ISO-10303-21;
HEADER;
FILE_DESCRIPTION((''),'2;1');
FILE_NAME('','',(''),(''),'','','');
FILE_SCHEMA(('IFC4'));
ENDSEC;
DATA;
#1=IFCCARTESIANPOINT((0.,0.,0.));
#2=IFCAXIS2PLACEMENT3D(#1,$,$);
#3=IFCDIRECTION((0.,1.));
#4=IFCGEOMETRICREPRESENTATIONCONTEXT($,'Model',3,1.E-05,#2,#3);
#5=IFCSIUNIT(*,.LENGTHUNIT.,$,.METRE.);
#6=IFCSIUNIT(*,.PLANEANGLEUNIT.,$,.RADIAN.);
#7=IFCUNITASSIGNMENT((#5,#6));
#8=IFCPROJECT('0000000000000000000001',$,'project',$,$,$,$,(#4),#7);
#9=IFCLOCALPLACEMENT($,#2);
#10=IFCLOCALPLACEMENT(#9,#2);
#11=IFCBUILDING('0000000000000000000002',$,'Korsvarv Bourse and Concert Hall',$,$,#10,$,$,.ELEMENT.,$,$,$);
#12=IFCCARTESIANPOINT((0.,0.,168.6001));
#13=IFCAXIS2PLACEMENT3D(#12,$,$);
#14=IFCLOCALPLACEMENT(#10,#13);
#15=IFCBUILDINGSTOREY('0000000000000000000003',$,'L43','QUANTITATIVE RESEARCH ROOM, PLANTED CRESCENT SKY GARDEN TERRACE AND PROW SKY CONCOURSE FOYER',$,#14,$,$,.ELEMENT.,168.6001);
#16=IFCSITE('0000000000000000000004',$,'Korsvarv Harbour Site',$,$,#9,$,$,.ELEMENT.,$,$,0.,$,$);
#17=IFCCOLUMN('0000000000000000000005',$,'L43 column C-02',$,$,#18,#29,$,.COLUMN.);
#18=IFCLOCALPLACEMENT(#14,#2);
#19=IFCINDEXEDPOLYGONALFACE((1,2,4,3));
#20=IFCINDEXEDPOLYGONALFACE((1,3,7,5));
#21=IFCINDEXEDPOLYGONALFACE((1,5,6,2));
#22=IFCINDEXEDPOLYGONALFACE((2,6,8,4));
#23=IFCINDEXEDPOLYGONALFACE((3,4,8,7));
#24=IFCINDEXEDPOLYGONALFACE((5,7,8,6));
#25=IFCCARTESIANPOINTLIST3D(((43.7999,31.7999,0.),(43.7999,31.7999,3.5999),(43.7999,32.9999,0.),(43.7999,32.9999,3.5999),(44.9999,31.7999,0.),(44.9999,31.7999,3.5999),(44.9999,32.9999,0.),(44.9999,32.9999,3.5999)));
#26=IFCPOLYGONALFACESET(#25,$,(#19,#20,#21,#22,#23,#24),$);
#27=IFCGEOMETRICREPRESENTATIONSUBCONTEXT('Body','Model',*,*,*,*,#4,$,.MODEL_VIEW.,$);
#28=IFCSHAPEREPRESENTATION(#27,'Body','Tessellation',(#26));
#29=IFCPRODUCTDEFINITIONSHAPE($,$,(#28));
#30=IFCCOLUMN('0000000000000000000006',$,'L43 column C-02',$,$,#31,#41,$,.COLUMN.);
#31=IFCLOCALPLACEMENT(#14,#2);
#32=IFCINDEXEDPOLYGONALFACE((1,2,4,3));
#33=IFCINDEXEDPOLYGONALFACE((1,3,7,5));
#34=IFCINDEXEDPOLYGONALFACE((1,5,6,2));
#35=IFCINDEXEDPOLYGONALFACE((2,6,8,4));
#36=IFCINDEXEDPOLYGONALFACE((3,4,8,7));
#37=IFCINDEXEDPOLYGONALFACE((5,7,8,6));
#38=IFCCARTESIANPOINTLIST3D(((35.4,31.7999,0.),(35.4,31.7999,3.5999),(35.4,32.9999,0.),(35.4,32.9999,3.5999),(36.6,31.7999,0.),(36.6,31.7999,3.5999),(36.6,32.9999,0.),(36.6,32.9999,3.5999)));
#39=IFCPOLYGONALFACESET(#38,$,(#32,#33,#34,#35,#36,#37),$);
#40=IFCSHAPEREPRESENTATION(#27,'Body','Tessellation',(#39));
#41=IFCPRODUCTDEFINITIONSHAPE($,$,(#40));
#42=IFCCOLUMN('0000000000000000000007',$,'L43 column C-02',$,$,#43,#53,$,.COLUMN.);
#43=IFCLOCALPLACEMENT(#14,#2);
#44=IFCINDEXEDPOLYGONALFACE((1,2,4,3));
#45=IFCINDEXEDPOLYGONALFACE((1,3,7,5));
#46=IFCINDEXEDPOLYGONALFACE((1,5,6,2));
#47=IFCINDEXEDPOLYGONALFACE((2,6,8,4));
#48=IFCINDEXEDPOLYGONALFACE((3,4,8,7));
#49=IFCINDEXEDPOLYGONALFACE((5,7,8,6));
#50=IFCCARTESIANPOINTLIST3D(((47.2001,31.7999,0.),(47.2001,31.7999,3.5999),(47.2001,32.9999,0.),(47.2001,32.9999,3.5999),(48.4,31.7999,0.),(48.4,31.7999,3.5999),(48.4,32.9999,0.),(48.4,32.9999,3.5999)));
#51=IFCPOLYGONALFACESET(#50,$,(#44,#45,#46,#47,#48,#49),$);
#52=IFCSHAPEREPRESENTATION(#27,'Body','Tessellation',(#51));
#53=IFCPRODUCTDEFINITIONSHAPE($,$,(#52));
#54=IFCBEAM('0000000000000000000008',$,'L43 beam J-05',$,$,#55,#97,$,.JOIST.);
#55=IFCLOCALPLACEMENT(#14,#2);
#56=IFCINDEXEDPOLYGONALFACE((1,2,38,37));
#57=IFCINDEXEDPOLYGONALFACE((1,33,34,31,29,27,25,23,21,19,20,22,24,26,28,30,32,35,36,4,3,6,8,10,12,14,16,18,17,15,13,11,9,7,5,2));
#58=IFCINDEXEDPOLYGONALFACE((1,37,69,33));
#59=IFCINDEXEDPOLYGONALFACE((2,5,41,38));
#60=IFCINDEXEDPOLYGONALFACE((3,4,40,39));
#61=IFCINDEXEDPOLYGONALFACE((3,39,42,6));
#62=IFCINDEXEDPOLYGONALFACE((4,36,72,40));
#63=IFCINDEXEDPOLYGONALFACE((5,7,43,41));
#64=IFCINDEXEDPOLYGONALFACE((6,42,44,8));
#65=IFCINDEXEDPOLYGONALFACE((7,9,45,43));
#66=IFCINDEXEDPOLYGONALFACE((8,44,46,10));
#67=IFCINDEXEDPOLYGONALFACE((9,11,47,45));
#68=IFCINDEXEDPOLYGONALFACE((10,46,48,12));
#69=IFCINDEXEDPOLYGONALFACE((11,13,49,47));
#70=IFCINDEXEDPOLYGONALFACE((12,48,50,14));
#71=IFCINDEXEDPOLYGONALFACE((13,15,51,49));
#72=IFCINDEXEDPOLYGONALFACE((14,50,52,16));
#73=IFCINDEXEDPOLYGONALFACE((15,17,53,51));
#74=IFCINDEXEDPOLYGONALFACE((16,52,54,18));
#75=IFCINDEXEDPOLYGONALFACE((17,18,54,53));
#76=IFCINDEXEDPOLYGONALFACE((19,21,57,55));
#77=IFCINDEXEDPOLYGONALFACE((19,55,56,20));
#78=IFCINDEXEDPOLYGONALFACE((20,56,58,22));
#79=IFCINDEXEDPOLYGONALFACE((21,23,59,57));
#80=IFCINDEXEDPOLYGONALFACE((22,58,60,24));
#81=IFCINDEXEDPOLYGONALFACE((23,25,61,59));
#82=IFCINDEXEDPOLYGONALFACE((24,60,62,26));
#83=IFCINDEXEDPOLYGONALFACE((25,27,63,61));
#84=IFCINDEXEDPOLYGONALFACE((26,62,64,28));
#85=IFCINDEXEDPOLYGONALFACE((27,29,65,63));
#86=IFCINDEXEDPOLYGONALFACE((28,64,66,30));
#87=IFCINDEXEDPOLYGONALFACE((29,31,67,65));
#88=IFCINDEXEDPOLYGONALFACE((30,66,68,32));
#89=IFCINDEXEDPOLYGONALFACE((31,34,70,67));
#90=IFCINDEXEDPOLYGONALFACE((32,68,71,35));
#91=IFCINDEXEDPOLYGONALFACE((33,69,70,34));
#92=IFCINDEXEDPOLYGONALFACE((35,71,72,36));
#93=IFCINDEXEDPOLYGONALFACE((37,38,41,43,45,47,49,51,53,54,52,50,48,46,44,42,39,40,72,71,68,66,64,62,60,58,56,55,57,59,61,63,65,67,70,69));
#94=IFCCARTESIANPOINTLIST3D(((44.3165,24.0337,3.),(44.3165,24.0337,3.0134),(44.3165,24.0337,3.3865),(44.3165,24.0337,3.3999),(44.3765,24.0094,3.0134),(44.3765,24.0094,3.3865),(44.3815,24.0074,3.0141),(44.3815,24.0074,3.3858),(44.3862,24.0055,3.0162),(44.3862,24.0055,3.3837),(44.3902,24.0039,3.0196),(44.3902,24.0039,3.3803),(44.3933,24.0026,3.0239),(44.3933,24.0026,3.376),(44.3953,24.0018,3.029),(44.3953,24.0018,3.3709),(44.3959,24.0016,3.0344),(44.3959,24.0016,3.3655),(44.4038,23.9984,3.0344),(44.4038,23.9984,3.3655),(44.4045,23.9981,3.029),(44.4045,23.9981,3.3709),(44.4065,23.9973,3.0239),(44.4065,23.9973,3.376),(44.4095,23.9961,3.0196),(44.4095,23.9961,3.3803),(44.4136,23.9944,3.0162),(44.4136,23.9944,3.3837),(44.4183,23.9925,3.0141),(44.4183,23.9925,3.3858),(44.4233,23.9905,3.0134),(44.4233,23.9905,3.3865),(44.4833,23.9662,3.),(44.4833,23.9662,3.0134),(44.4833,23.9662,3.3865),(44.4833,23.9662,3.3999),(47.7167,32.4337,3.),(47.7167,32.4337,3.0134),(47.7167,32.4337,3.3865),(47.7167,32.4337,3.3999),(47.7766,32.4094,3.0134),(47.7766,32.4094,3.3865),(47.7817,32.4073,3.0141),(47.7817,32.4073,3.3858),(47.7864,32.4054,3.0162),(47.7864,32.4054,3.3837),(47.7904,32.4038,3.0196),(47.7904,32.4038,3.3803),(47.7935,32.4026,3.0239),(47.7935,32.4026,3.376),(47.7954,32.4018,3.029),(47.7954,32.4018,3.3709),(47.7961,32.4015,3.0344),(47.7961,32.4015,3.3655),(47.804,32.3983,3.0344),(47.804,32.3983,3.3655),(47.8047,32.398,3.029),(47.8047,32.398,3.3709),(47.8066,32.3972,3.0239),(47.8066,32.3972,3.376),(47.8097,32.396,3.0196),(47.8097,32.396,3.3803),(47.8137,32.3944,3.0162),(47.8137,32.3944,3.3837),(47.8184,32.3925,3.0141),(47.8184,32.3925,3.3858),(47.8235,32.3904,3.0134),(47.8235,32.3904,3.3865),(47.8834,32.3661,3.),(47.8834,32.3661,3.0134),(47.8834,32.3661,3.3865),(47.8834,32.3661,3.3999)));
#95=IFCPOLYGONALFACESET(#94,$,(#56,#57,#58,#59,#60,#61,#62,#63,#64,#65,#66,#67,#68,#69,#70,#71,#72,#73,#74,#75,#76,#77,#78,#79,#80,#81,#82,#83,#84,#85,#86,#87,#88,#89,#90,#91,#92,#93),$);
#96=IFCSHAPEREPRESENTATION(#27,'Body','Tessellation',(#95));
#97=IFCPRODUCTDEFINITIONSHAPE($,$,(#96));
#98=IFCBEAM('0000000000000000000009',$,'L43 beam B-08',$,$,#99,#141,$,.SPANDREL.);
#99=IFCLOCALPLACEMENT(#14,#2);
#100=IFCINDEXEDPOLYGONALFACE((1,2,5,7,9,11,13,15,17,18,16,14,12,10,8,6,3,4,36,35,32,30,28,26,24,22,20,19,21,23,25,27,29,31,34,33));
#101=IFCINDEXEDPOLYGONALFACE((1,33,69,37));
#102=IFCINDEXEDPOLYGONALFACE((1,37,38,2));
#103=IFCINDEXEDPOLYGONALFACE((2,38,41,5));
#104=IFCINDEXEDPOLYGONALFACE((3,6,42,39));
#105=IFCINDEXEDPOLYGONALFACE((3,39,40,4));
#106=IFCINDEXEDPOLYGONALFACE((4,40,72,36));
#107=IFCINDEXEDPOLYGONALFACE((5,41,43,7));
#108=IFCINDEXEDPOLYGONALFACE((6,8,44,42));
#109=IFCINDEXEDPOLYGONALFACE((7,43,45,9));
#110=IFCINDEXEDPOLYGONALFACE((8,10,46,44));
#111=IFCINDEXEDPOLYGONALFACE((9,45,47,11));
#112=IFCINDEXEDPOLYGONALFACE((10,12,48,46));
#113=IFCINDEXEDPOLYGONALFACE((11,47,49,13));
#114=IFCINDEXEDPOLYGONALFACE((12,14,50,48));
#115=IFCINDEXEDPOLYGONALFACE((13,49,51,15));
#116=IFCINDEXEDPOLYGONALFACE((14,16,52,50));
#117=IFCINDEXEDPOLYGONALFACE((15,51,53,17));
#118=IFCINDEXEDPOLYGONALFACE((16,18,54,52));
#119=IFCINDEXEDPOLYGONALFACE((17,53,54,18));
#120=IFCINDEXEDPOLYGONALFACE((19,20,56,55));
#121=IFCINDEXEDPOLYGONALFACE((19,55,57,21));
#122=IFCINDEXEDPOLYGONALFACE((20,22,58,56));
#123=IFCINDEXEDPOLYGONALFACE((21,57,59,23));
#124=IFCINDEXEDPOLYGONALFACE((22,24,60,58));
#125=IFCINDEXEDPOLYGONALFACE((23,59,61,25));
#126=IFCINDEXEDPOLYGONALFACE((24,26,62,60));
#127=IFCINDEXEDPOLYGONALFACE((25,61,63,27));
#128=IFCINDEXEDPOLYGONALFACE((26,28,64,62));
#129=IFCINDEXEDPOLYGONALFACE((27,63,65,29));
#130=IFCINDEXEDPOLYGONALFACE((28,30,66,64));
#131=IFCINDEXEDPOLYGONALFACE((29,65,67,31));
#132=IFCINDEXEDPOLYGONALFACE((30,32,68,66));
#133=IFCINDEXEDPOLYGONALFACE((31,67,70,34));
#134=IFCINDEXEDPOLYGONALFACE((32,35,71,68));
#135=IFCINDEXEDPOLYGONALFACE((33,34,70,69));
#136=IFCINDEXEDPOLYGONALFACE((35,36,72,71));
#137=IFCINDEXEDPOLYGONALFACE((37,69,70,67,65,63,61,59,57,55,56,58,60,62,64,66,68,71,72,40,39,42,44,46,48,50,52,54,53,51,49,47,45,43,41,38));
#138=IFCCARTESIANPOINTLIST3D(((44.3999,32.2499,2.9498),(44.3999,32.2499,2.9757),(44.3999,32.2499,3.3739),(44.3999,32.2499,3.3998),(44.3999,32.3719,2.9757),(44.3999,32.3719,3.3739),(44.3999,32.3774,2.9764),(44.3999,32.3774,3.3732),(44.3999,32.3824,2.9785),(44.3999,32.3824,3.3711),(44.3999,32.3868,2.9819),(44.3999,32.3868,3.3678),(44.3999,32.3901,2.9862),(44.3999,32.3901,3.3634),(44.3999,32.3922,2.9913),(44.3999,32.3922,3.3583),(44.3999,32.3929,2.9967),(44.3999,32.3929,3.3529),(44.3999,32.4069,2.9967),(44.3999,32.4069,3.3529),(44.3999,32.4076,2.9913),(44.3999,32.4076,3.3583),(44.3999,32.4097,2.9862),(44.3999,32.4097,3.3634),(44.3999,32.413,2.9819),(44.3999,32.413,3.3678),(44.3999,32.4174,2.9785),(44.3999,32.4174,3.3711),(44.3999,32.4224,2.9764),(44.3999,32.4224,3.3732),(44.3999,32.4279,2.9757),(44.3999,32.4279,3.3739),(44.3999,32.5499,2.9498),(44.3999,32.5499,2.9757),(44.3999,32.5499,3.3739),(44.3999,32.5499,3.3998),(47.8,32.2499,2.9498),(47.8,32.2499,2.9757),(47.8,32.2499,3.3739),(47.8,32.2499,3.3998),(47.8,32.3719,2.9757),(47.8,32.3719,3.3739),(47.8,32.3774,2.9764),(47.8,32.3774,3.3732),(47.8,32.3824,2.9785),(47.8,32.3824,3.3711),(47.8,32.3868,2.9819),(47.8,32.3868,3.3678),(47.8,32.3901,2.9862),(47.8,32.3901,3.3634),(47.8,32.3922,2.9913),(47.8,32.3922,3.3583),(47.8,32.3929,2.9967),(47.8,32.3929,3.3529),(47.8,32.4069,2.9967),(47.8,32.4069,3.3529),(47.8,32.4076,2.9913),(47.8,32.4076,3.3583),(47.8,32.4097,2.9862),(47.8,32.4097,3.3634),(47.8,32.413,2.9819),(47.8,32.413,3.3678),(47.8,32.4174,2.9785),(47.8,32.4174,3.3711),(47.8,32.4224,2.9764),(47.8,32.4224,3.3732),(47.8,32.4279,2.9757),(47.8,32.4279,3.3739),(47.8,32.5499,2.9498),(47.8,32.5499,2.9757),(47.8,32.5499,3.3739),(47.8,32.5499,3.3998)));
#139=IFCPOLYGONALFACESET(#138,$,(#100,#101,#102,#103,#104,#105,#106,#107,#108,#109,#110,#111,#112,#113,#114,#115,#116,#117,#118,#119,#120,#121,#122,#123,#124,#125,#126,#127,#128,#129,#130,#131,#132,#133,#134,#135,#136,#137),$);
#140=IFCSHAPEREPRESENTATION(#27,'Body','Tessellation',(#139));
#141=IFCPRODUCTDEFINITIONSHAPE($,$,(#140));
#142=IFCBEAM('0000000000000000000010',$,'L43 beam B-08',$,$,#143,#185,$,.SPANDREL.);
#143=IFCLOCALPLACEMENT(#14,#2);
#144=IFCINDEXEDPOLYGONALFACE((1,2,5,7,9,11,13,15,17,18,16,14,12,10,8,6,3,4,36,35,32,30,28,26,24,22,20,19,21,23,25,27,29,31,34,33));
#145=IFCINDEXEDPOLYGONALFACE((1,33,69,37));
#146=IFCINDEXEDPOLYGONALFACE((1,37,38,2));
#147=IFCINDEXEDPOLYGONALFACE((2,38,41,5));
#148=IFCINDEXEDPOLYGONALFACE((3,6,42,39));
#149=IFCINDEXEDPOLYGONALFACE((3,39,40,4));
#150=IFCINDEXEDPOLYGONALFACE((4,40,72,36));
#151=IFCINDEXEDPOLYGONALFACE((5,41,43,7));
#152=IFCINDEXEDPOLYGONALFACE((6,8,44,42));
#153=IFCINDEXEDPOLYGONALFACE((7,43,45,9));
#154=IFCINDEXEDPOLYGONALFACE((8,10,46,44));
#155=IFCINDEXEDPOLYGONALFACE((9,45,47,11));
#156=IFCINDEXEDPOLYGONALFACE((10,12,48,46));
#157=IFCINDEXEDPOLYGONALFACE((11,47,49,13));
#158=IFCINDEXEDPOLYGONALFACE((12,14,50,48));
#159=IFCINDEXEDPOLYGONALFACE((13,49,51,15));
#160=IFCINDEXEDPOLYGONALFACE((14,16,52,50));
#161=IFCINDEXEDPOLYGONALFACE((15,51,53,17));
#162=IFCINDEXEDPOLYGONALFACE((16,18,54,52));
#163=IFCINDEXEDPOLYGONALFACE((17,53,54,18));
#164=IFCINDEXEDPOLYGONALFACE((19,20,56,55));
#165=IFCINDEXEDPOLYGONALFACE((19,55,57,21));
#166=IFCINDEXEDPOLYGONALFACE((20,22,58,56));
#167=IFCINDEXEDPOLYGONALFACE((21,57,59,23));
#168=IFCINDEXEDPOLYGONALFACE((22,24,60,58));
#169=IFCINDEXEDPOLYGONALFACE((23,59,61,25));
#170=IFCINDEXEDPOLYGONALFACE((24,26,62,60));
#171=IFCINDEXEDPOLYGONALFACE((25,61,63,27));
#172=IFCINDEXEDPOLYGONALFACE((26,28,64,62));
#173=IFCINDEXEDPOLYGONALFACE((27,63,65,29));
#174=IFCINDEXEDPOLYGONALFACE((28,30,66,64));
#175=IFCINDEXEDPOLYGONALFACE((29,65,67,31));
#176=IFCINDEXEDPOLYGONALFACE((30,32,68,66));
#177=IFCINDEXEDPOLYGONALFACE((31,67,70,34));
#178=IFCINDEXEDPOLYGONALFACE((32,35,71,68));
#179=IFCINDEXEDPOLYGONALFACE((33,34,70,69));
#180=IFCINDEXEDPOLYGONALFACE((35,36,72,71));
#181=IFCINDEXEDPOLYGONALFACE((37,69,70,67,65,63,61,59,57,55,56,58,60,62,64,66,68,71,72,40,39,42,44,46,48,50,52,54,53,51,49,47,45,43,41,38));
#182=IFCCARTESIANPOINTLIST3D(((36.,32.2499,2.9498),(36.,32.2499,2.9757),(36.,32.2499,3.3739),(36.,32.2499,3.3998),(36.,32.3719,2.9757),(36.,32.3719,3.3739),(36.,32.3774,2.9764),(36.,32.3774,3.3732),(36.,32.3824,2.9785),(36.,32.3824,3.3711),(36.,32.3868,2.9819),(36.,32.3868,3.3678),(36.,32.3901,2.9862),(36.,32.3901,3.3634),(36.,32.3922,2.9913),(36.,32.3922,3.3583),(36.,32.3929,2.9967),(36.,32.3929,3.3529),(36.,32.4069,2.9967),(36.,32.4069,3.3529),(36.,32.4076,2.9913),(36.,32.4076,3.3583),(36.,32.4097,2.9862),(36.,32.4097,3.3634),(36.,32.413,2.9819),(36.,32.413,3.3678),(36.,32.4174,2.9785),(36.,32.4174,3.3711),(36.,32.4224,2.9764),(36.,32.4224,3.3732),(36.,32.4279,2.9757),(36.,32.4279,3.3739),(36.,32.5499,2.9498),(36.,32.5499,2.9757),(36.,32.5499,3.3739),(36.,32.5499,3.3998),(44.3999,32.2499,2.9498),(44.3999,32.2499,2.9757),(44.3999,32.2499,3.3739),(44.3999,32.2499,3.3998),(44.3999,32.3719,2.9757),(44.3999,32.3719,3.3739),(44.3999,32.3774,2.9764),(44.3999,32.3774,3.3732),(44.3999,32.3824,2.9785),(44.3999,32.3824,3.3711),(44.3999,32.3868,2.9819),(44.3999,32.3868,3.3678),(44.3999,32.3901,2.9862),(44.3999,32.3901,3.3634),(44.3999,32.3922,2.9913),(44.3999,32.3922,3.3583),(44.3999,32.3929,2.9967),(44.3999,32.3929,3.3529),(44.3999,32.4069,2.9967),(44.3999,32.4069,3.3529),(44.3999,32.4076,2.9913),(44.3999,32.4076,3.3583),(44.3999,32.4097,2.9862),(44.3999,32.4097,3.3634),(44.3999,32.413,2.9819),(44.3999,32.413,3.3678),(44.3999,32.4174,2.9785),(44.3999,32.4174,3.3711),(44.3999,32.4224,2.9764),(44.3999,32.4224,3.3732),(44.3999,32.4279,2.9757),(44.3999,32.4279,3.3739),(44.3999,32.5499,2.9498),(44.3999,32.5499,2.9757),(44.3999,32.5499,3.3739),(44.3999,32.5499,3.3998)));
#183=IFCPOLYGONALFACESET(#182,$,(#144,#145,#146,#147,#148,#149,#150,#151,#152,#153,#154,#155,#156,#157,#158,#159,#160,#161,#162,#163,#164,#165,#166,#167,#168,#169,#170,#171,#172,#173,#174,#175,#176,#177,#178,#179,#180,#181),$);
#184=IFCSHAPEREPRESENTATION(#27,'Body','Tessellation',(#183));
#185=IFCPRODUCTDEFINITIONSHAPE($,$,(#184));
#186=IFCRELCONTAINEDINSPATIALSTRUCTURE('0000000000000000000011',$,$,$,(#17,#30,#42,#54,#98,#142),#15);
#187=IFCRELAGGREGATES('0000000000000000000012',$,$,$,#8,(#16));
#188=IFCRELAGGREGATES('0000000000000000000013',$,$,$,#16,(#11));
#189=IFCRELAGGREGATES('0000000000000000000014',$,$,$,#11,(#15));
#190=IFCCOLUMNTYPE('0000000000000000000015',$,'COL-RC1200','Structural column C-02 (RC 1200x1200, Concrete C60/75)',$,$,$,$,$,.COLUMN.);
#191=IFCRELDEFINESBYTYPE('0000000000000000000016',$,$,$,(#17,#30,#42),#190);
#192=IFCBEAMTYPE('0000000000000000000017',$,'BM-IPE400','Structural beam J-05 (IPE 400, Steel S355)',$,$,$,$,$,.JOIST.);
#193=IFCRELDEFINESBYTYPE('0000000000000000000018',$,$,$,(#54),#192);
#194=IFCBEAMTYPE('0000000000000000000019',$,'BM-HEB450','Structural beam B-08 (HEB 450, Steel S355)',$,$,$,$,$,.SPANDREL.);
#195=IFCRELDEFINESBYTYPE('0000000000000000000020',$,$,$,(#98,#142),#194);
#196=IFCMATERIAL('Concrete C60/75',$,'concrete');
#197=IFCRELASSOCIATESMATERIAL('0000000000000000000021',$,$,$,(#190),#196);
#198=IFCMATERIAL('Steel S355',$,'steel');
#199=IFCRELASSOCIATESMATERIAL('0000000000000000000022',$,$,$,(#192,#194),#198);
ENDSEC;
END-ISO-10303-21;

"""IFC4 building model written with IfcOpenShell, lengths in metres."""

from ifc_helpers import new_model, si_unit, direction, frame, origin, origin_2d, place, context, subcontext, project, spatial, rectangle, i_section, extrude, source, transform, mapped, material, material_profile, profile_set, type_object, element, save


model = new_model("IFC4")

# Units and contexts
model_context = context("Model", 3, precision=1e-05, world=origin(), true_north=direction((0.0, 1.0)))
body_context = subcontext(model_context, "Body", "Model", "MODEL_VIEW")
ifc_project = project(units=[si_unit("LENGTHUNIT", "METRE"), si_unit("PLANEANGLEUNIT", "RADIAN")], contexts=[model_context])

# Site, building, storey
site_placement = place(None, origin())
site = spatial("IfcSite", under=ifc_project, at=site_placement, Name="Korsvarv Harbour Site", CompositionType="ELEMENT", RefElevation=0.0)
building_placement = place(site_placement, origin())
building = spatial("IfcBuilding", under=site, at=building_placement, Name="Korsvarv Bourse and Concert Hall", CompositionType="ELEMENT")
storey_placement = place(building_placement, frame((0.0, 0.0, 168.6001)))
storey = spatial("IfcBuildingStorey", under=building, at=storey_placement, Name="L43", Description="QUANTITATIVE RESEARCH ROOM, PLANTED CRESCENT SKY GARDEN TERRACE AND PROW SKY CONCOURSE FOYER", CompositionType="ELEMENT", Elevation=168.6001)

# Columns
ifc_material_1 = material(Name="Concrete C60/75", Category="concrete")
ifc_material_profile_1 = material_profile(ifc_material_1, rectangle(XDim=1.2, YDim=1.2, at=origin_2d()), Name="RC 1200x1200")
ifc_profile_set_1 = profile_set([ifc_material_profile_1], Name="Concrete C60/75")
column_type = type_object("IfcColumnType", Name="COL-RC1200", Description="Structural column C-02 (RC 1200x1200, Concrete C60/75)", PredefinedType="COLUMN", material=ifc_profile_set_1)
shared_shape_1 = source(origin(), body_context, "Body", "SweptSolid", [
    extrude(rectangle(XDim=1.2, YDim=1.2, at=origin_2d()), origin(), (0.0, 0.0, 1.0), 3.5999),
])
for number, where, z_axis, x_axis, name in (
    (1, (44.3999, 32.3999, 0.0), (0.0, 0.0, 1.0), (1.0, 0.0, 0.0), "L43 column C-02"),
    (2, (36.0, 32.3999, 0.0), (0.0, 0.0, 1.0), (1.0, 0.0, 0.0), "L43 column C-02"),
    (3, (47.8, 32.3999, 0.0), (0.0, 0.0, 1.0), (1.0, 0.0, 0.0), "L43 column C-02"),
):
    element("IfcColumn", number, at=place(storey_placement, frame(where, z_axis=z_axis, x_axis=x_axis)), inside=storey, type_object=column_type, Name=name, PredefinedType="COLUMN", context=body_context, shape_type="MappedRepresentation", body=[
        mapped(shared_shape_1, transform((0.0, 0.0, 0.0), scale=1.0)),
    ])

# Beams
ifc_material_2 = material(Name="Steel S355", Category="steel")
ifc_material_profile_2 = material_profile(ifc_material_2, i_section(OverallWidth=0.1799, OverallDepth=0.3999, WebThickness=0.0085, FlangeThickness=0.0134, FilletRadius=0.021, at=origin_2d()), Name="IPE 400")
ifc_profile_set_2 = profile_set([ifc_material_profile_2], Name="Steel S355")
beam_type_1 = type_object("IfcBeamType", Name="BM-IPE400", Description="Structural beam J-05 (IPE 400, Steel S355)", PredefinedType="JOIST", material=ifc_profile_set_2)
shared_shape_2 = source(origin(), body_context, "Body", "SweptSolid", [
    extrude(i_section(OverallWidth=0.1799, OverallDepth=0.3999, WebThickness=0.0085, FlangeThickness=0.0134, FilletRadius=0.021, at=origin_2d()), origin(), (0.0, 0.0, 1.0), 9.062),
])
beam_1_placement = place(storey_placement, frame((47.8, 32.3999, 3.2), z_axis=(-0.37521, -0.92694, 0.0), x_axis=(0.92694, -0.37521, 0.0)))
element("IfcBeam", 4, at=beam_1_placement, inside=storey, type_object=beam_type_1, Name="L43 beam J-05", PredefinedType="JOIST", context=body_context, shape_type="MappedRepresentation", body=[
    mapped(shared_shape_2, transform((0.0, 0.0, 0.0), scale=1.0)),
])
ifc_material_profile_3 = material_profile(ifc_material_2, i_section(OverallWidth=0.3, OverallDepth=0.45, WebThickness=0.0139, FlangeThickness=0.0259, FilletRadius=0.021, at=origin_2d()), Name="HEB 450")
ifc_profile_set_3 = profile_set([ifc_material_profile_3], Name="Steel S355")
beam_type_2 = type_object("IfcBeamType", Name="BM-HEB450", Description="Structural beam B-08 (HEB 450, Steel S355)", PredefinedType="SPANDREL", material=ifc_profile_set_3)
shared_shape_3 = source(origin(), body_context, "Body", "SweptSolid", [
    extrude(i_section(OverallWidth=0.3, OverallDepth=0.45, WebThickness=0.0139, FlangeThickness=0.0259, FilletRadius=0.021, at=origin_2d()), origin(), (0.0, 0.0, 1.0), 3.4001),
])
beam_2_placement = place(storey_placement, frame((44.3999, 32.3999, 3.1748), z_axis=(1.0, 0.0, 0.0), x_axis=(0.0, 1.0, 0.0)))
element("IfcBeam", 5, at=beam_2_placement, inside=storey, type_object=beam_type_2, Name="L43 beam B-08", PredefinedType="SPANDREL", context=body_context, shape_type="MappedRepresentation", body=[
    mapped(shared_shape_3, transform((0.0, 0.0, 0.0), scale=1.0)),
])
shared_shape_4 = source(origin(), body_context, "Body", "SweptSolid", [
    extrude(i_section(OverallWidth=0.3, OverallDepth=0.45, WebThickness=0.0139, FlangeThickness=0.0259, FilletRadius=0.021, at=origin_2d()), origin(), (0.0, 0.0, 1.0), 8.3999),
])
beam_3_placement = place(storey_placement, frame((36.0, 32.3999, 3.1748), z_axis=(1.0, 0.0, 0.0), x_axis=(0.0, 1.0, 0.0)))
element("IfcBeam", 6, at=beam_3_placement, inside=storey, type_object=beam_type_2, Name="L43 beam B-08", PredefinedType="SPANDREL", context=body_context, shape_type="MappedRepresentation", body=[
    mapped(shared_shape_4, transform((0.0, 0.0, 0.0), scale=1.0)),
])

save(model, "model.ifc")
